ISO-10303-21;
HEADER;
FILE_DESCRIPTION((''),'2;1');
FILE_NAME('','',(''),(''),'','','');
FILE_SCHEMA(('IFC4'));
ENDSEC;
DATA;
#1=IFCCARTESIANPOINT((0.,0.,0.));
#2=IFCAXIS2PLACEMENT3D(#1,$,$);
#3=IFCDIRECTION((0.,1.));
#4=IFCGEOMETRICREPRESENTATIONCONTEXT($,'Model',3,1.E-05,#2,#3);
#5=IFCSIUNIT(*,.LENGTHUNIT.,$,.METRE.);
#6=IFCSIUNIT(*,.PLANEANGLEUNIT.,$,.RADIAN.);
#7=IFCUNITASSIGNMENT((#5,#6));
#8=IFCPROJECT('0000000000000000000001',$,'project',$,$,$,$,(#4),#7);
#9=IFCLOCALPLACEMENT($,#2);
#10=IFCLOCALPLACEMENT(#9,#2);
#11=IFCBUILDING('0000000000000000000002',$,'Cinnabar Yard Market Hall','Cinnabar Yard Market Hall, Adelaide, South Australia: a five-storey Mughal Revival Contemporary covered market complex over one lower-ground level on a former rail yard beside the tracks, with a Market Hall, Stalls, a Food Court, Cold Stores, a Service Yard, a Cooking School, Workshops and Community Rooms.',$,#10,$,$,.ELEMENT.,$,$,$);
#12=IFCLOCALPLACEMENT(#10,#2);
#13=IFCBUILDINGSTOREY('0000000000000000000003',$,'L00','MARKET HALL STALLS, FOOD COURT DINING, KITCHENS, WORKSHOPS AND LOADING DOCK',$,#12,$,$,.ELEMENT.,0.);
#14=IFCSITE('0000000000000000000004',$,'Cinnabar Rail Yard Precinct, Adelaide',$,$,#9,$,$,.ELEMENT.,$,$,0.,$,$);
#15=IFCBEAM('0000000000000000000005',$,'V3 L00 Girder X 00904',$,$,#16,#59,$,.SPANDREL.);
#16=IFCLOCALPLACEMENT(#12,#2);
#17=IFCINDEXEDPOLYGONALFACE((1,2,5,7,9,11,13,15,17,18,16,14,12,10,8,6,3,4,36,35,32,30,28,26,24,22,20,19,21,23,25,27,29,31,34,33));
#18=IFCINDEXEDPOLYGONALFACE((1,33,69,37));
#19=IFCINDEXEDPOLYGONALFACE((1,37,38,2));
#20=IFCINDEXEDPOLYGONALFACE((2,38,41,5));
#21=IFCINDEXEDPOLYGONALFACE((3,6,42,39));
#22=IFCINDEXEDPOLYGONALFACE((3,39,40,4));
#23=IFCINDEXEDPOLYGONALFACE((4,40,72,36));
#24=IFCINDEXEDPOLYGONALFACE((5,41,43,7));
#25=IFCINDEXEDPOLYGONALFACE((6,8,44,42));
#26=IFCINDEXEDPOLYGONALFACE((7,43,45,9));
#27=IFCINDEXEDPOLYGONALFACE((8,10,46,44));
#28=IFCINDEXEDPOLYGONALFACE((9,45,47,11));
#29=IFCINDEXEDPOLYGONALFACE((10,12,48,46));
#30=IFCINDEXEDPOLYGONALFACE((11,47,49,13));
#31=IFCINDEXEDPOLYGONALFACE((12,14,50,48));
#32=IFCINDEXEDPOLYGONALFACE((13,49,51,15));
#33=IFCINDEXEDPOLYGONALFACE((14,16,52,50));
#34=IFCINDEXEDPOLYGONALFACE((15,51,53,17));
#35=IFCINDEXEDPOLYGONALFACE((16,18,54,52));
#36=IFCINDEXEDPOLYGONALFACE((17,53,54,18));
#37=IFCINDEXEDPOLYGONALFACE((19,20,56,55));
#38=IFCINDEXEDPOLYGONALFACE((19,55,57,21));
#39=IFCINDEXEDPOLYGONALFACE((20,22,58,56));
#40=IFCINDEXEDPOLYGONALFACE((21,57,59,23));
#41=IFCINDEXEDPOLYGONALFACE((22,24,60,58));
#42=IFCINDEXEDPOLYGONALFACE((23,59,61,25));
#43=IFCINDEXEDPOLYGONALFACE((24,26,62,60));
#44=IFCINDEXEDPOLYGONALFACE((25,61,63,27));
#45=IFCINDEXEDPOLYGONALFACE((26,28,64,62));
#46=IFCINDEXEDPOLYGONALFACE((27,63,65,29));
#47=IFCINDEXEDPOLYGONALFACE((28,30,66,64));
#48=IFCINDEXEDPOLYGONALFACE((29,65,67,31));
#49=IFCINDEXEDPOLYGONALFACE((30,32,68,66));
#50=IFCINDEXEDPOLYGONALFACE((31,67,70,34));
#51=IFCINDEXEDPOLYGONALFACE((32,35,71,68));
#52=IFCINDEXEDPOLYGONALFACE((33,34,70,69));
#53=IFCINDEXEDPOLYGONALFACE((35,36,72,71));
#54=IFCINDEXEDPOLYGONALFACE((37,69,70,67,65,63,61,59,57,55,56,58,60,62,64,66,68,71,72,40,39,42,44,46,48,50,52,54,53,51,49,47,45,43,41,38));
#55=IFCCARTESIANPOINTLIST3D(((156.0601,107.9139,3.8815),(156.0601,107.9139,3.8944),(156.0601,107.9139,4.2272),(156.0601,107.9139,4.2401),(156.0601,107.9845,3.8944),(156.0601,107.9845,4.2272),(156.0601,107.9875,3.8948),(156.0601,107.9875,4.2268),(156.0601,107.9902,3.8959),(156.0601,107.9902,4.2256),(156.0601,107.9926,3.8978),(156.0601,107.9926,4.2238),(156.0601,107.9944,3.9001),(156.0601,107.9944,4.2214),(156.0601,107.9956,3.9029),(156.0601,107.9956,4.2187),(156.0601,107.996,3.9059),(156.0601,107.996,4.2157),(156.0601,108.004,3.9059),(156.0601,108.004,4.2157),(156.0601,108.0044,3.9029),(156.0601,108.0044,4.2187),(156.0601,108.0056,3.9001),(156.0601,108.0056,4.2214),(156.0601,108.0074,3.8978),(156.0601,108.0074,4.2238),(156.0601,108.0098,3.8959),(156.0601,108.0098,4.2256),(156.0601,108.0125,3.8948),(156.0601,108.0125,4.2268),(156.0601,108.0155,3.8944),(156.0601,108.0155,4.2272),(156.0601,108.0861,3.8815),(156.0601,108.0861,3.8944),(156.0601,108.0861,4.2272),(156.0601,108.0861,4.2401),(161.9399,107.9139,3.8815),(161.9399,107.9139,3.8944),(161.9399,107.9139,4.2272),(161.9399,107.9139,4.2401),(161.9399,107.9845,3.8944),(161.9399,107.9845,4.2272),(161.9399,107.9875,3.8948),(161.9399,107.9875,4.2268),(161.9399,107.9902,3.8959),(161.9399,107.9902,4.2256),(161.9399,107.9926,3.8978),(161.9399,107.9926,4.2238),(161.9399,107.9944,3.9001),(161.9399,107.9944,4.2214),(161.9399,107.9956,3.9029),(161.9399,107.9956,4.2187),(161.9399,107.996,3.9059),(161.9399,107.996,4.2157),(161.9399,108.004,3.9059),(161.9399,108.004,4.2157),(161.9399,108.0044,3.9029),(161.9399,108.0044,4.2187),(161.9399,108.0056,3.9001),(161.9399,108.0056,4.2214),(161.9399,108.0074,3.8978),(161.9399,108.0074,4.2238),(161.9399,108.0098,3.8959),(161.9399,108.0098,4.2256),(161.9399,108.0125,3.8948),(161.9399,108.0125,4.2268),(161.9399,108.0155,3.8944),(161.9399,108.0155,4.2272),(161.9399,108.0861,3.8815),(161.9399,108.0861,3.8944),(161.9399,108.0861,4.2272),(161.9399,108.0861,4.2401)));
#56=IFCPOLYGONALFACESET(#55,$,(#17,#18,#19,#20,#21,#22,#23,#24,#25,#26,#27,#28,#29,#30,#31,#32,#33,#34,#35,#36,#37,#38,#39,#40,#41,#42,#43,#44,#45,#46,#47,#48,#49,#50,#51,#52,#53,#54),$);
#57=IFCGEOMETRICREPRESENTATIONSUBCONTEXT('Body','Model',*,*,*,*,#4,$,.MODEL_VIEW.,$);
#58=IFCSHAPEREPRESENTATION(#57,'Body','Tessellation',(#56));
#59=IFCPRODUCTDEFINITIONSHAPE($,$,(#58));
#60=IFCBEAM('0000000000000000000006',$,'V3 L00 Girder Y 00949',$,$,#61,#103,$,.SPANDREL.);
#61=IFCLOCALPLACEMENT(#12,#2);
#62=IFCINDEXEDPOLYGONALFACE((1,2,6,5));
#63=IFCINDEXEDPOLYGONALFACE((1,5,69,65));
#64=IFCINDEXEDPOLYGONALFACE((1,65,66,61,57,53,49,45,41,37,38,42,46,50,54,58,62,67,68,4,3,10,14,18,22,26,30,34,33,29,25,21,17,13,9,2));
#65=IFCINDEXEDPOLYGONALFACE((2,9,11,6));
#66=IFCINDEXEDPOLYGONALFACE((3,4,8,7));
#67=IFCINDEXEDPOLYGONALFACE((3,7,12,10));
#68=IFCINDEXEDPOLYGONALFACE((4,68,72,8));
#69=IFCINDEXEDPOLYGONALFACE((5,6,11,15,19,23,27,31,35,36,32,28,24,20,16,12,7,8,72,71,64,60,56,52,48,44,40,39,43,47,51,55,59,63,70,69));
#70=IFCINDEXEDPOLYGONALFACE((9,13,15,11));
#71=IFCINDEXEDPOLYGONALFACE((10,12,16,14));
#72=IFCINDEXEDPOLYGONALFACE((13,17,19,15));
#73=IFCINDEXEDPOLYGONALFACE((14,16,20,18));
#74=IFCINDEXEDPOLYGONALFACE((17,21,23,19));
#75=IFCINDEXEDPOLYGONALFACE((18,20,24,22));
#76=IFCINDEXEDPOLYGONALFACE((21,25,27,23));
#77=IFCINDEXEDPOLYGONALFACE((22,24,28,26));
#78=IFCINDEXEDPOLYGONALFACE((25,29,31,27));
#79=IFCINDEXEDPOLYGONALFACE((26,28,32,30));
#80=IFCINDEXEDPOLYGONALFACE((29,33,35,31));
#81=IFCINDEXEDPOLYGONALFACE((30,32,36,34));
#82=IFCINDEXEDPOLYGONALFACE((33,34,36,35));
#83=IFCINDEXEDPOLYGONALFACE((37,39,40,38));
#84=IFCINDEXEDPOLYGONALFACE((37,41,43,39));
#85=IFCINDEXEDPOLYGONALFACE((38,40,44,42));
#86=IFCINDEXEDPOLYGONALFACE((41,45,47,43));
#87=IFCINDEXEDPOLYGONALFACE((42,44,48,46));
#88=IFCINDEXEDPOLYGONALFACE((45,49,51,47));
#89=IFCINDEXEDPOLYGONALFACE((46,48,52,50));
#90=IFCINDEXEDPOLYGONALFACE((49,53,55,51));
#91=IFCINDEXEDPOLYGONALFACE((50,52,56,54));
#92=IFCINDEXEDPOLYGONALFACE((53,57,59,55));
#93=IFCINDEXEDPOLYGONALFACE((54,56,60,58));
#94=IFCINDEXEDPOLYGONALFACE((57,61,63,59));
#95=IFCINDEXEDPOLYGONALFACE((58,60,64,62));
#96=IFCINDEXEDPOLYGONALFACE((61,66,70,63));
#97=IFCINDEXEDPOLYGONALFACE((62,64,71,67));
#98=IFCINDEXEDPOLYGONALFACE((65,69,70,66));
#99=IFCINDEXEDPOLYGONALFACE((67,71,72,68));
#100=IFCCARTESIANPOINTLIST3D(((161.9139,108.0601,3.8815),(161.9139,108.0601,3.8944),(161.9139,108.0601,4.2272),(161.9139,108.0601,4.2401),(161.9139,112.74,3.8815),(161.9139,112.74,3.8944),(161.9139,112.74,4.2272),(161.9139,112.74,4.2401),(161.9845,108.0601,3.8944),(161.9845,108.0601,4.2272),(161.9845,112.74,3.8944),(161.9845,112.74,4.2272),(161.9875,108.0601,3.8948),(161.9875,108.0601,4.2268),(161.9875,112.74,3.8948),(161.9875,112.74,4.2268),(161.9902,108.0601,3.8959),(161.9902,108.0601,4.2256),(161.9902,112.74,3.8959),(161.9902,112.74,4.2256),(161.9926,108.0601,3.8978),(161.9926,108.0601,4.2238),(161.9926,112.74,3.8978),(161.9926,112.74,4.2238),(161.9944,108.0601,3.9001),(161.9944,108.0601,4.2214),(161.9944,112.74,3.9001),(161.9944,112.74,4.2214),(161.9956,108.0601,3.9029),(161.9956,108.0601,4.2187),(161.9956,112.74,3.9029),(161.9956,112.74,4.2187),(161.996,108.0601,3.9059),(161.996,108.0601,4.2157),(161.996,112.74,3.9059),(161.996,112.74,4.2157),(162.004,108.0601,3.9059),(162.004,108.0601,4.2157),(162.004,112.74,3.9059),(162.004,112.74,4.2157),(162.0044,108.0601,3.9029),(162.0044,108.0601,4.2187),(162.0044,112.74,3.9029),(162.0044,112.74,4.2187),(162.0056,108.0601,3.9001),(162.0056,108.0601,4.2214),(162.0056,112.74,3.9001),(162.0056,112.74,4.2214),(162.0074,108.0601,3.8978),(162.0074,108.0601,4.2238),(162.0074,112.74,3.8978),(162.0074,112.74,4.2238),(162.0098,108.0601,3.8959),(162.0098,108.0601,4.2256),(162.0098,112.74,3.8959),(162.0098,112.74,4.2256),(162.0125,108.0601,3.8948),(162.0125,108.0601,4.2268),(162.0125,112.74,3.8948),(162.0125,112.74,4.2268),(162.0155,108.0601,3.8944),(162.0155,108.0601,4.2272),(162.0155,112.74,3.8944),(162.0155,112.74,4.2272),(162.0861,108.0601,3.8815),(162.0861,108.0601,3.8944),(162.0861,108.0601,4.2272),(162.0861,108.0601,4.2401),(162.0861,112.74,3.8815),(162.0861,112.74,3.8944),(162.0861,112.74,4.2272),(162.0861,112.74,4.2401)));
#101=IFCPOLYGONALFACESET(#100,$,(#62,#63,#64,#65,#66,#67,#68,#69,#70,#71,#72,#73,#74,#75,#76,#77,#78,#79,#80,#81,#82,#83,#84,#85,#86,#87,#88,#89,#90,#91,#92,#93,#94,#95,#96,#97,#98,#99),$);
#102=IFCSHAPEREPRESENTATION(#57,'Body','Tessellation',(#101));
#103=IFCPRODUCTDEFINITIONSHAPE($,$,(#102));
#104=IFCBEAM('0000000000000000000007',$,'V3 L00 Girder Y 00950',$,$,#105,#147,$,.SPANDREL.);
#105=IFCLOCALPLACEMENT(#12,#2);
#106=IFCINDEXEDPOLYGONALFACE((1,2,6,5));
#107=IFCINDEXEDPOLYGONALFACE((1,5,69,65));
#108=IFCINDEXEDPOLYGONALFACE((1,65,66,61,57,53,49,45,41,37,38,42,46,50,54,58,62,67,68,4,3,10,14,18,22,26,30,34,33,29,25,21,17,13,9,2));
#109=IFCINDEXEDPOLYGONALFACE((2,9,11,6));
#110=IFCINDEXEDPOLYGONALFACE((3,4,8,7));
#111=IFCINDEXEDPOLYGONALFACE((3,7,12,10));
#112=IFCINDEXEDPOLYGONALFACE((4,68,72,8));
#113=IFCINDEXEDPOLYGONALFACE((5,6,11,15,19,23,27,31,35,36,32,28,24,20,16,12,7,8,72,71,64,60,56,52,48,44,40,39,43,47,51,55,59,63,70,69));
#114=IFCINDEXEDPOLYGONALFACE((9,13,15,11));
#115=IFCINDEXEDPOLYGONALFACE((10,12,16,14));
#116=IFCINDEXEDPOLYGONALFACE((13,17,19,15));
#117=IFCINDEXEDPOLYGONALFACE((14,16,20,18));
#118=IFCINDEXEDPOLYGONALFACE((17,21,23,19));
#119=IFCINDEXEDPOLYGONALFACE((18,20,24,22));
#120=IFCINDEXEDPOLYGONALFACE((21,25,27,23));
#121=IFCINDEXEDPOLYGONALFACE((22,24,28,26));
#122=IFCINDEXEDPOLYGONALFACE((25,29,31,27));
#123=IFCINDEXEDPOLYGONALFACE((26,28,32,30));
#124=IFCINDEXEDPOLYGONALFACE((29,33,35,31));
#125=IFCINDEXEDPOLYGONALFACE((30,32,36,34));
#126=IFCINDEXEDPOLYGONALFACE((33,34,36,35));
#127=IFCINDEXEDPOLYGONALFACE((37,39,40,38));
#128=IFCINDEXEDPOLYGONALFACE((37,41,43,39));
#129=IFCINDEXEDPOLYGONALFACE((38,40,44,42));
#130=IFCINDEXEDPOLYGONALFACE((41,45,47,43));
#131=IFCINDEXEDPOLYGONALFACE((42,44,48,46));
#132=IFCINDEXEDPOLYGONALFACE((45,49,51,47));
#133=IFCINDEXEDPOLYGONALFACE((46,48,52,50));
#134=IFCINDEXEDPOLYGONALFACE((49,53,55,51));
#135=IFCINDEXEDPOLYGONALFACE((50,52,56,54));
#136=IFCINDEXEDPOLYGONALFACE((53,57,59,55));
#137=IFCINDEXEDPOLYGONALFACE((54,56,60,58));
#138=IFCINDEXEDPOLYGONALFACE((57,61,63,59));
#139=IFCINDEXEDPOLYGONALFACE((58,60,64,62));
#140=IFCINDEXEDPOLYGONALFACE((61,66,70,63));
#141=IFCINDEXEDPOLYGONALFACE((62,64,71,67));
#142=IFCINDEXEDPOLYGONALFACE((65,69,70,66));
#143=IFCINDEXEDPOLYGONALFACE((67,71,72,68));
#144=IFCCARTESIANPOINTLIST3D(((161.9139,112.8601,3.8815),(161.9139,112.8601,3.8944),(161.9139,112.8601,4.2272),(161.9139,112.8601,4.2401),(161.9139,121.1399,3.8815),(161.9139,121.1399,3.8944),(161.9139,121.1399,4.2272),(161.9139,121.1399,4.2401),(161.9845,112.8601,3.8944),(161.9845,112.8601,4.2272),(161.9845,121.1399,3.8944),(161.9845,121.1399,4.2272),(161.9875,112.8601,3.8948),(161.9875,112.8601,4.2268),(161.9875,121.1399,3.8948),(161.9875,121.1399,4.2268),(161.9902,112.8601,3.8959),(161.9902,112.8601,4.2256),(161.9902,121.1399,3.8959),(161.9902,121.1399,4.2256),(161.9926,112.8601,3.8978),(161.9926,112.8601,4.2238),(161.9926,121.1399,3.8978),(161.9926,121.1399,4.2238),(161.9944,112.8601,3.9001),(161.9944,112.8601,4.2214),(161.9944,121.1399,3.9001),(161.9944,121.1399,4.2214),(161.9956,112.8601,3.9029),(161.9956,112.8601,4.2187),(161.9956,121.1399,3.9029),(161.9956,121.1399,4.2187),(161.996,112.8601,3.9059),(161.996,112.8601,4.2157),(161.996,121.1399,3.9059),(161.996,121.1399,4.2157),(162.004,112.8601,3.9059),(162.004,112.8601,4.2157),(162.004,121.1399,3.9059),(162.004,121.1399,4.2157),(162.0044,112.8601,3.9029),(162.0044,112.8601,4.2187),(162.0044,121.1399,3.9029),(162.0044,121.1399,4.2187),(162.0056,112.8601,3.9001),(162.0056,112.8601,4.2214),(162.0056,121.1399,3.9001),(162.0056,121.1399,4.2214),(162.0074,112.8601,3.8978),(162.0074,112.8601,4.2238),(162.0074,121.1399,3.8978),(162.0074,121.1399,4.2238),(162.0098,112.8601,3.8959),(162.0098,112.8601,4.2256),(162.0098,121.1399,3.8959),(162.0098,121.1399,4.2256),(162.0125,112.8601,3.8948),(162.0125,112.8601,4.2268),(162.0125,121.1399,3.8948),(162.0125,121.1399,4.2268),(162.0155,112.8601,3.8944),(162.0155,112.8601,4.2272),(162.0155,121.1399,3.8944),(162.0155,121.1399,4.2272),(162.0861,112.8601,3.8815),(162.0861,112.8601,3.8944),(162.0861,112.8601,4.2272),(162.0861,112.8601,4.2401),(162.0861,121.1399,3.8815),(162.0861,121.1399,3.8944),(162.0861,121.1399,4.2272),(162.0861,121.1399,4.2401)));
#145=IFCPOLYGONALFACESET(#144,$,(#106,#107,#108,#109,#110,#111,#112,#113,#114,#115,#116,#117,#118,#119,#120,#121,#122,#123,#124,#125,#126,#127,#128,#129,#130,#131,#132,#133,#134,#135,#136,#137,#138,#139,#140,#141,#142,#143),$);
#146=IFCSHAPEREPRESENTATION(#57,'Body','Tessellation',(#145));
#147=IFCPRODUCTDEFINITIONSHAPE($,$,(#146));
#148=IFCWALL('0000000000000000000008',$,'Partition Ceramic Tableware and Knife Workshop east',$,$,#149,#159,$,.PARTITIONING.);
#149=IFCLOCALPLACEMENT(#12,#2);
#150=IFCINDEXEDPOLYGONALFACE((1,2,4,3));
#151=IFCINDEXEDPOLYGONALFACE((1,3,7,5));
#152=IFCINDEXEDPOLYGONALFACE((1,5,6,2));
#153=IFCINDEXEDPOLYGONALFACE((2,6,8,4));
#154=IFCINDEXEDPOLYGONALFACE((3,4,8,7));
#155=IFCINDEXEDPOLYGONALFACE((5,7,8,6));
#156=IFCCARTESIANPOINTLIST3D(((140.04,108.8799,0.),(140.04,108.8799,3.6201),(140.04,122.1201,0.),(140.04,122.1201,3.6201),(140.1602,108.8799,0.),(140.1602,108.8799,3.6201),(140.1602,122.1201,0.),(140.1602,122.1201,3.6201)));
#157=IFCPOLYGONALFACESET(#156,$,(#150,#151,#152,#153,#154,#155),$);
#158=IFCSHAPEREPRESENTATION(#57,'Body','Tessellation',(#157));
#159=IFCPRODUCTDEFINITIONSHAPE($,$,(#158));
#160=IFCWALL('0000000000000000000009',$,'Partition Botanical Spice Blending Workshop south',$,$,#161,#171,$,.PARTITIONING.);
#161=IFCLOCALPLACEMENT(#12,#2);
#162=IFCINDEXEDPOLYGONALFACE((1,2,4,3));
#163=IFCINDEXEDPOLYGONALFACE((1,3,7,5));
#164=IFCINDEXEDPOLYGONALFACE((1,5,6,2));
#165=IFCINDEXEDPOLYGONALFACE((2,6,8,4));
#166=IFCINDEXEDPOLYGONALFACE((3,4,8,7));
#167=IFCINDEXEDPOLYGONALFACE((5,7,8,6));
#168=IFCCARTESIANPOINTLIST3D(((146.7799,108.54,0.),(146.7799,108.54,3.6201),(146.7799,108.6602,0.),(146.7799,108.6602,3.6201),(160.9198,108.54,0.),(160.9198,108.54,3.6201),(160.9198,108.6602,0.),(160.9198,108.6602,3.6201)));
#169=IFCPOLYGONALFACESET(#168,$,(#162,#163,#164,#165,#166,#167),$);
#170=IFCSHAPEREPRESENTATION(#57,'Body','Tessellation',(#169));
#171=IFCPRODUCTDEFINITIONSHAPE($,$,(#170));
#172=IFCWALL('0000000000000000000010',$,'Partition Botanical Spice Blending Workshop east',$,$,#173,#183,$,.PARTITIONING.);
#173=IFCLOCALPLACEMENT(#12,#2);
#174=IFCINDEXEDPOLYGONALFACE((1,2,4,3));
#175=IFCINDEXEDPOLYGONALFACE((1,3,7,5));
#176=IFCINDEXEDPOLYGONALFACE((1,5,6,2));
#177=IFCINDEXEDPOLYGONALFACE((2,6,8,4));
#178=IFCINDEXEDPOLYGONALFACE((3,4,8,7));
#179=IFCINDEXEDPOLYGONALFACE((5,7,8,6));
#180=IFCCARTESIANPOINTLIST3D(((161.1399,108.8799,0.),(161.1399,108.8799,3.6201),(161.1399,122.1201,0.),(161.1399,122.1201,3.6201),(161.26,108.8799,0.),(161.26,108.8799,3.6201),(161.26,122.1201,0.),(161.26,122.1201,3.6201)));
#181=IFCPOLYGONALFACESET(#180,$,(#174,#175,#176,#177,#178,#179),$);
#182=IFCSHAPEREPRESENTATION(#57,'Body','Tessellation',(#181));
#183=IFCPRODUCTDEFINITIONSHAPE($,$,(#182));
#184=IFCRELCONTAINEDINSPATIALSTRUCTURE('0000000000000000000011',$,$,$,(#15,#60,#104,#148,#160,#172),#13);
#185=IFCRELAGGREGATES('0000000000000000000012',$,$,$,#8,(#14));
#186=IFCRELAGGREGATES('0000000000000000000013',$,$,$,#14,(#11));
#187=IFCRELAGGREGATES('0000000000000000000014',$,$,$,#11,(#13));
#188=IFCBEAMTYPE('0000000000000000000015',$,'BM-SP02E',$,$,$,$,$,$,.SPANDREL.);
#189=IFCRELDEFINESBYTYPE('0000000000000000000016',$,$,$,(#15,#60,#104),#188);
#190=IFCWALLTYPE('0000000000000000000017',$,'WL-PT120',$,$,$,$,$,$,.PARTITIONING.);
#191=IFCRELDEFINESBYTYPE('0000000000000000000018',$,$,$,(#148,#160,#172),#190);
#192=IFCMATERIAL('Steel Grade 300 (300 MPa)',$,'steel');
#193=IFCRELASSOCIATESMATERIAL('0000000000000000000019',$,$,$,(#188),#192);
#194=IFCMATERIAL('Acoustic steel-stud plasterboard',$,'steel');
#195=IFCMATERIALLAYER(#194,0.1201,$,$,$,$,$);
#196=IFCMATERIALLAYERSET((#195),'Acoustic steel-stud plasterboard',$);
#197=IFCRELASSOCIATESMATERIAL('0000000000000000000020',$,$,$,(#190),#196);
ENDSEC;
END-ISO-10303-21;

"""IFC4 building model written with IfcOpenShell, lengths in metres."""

from ifc_helpers import new_model, si_unit, direction, frame, frame_2d, origin, origin_2d_with_axis, place, context, subcontext, project, spatial, rectangle, i_section, extrude, material, layer, layer_set, material_profile, profile_set, type_object, element, save


model = new_model("IFC4")

# Units and contexts
model_context = context("Model", 3, precision=1e-05, world=origin(), true_north=direction((0.0, 1.0)))
body_context = subcontext(model_context, "Body", "Model", "MODEL_VIEW")
ifc_project = project(units=[si_unit("LENGTHUNIT", "METRE"), si_unit("PLANEANGLEUNIT", "RADIAN")], contexts=[model_context])

# Site, building, storey
site_placement = place(None, origin())
site = spatial("IfcSite", under=ifc_project, at=site_placement, Name="Cinnabar Rail Yard Precinct, Adelaide", CompositionType="ELEMENT", RefElevation=0.0)
building_placement = place(site_placement, origin())
building = spatial("IfcBuilding", under=site, at=building_placement, Name="Cinnabar Yard Market Hall", Description="Cinnabar Yard Market Hall, Adelaide, South Australia: a five-storey Mughal Revival Contemporary covered market complex over one lower-ground level on a former rail yard beside the tracks, with a Market Hall, Stalls, a Food Court, Cold Stores, a Service Yard, a Cooking School, Workshops and Community Rooms.", CompositionType="ELEMENT")
storey_placement = place(building_placement, origin())
storey = spatial("IfcBuildingStorey", under=building, at=storey_placement, Name="L00", Description="MARKET HALL STALLS, FOOD COURT DINING, KITCHENS, WORKSHOPS AND LOADING DOCK", CompositionType="ELEMENT", Elevation=0.0)

# Shared definitions
ifc_material_1 = material(Name="Steel Grade 300 (300 MPa)", Category="steel")

# Beams
ifc_material_profile_1 = material_profile(ifc_material_1, i_section(OverallWidth=0.1721, OverallDepth=0.3586, WebThickness=0.0081, FlangeThickness=0.0129, FilletRadius=0.0115, at=origin_2d_with_axis()), Name="360UB56.7")
ifc_profile_set_1 = profile_set([ifc_material_profile_1], Name="Steel Grade 300 (300 MPa)")
beam_type_1 = type_object("IfcBeamType", Name="BM-SP02E", PredefinedType="SPANDREL", material=ifc_profile_set_1)
beam_1_placement = place(storey_placement, frame((156.0601, 108.0, 4.0608), z_axis=(1.0, 0.0, 0.0), x_axis=(0.0, 1.0, 0.0)))
element("IfcBeam", 1, at=beam_1_placement, inside=storey, type_object=beam_type_1, Name="V3 L00 Girder X 00904", PredefinedType="SPANDREL", context=body_context, shape_type="SweptSolid", body=[
    extrude(i_section(OverallWidth=0.1721, OverallDepth=0.3586, WebThickness=0.0081, FlangeThickness=0.0129, FilletRadius=0.0115, at=origin_2d_with_axis()), origin(), (0.0, 0.0, 1.0), 5.8799),
])
beam_2_placement = place(storey_placement, frame((162.0, 108.0601, 4.0608), z_axis=(0.0, 1.0, 0.0), x_axis=(-1.0, 0.0, 0.0)))
element("IfcBeam", 2, at=beam_2_placement, inside=storey, type_object=beam_type_1, Name="V3 L00 Girder Y 00949", PredefinedType="SPANDREL", context=body_context, shape_type="SweptSolid", body=[
    extrude(i_section(OverallWidth=0.1721, OverallDepth=0.3586, WebThickness=0.0081, FlangeThickness=0.0129, FilletRadius=0.0115, at=origin_2d_with_axis()), origin(), (0.0, 0.0, 1.0), 4.6799),
])
beam_3_placement = place(storey_placement, frame((162.0, 112.8601, 4.0608), z_axis=(0.0, 1.0, 0.0), x_axis=(-1.0, 0.0, 0.0)))
element("IfcBeam", 3, at=beam_3_placement, inside=storey, type_object=beam_type_1, Name="V3 L00 Girder Y 00950", PredefinedType="SPANDREL", context=body_context, shape_type="SweptSolid", body=[
    extrude(i_section(OverallWidth=0.1721, OverallDepth=0.3586, WebThickness=0.0081, FlangeThickness=0.0129, FilletRadius=0.0115, at=origin_2d_with_axis()), origin(), (0.0, 0.0, 1.0), 8.2798),
])

# Walls
ifc_material_2 = material(Name="Acoustic steel-stud plasterboard", Category="steel")
ifc_layer_1 = layer(ifc_material_2, 0.1201)
ifc_layer_set_1 = layer_set([ifc_layer_1], Name="Acoustic steel-stud plasterboard")
wall_type_1 = type_object("IfcWallType", Name="WL-PT120", PredefinedType="PARTITIONING", material=ifc_layer_set_1)
wall_1_placement = place(storey_placement, frame((140.1001, 108.8799, 0.0), z_axis=(0.0, 0.0, 1.0), x_axis=(0.0, 1.0, 0.0)))
element("IfcWall", 4, at=wall_1_placement, inside=storey, type_object=wall_type_1, Name="Partition Ceramic Tableware and Knife Workshop east", PredefinedType="PARTITIONING", context=body_context, shape_type="SweptSolid", body=[
    extrude(rectangle(XDim=13.2402, YDim=0.1201, at=frame_2d((6.6201, 0.0), x_axis=(1.0, 0.0))), origin(), (0.0, 0.0, 1.0), 3.6201),
])
wall_2_placement = place(storey_placement, frame((146.78, 108.6001, 0.0), z_axis=(0.0, 0.0, 1.0), x_axis=(1.0, 0.0, 0.0)))
element("IfcWall", 5, at=wall_2_placement, inside=storey, type_object=wall_type_1, Name="Partition Botanical Spice Blending Workshop south", PredefinedType="PARTITIONING", context=body_context, shape_type="SweptSolid", body=[
    extrude(rectangle(XDim=14.1399, YDim=0.1201, at=frame_2d((7.0698, 0.0), x_axis=(1.0, 0.0))), origin(), (0.0, 0.0, 1.0), 3.6201),
])
wall_3_placement = place(storey_placement, frame((161.2, 108.8799, 0.0), z_axis=(0.0, 0.0, 1.0), x_axis=(0.0, 1.0, 0.0)))
element("IfcWall", 6, at=wall_3_placement, inside=storey, type_object=wall_type_1, Name="Partition Botanical Spice Blending Workshop east", PredefinedType="PARTITIONING", context=body_context, shape_type="SweptSolid", body=[
    extrude(rectangle(XDim=13.2402, YDim=0.1201, at=frame_2d((6.6201, 0.0), x_axis=(1.0, 0.0))), origin(), (0.0, 0.0, 1.0), 3.6201),
])

save(model, "model.ifc")
